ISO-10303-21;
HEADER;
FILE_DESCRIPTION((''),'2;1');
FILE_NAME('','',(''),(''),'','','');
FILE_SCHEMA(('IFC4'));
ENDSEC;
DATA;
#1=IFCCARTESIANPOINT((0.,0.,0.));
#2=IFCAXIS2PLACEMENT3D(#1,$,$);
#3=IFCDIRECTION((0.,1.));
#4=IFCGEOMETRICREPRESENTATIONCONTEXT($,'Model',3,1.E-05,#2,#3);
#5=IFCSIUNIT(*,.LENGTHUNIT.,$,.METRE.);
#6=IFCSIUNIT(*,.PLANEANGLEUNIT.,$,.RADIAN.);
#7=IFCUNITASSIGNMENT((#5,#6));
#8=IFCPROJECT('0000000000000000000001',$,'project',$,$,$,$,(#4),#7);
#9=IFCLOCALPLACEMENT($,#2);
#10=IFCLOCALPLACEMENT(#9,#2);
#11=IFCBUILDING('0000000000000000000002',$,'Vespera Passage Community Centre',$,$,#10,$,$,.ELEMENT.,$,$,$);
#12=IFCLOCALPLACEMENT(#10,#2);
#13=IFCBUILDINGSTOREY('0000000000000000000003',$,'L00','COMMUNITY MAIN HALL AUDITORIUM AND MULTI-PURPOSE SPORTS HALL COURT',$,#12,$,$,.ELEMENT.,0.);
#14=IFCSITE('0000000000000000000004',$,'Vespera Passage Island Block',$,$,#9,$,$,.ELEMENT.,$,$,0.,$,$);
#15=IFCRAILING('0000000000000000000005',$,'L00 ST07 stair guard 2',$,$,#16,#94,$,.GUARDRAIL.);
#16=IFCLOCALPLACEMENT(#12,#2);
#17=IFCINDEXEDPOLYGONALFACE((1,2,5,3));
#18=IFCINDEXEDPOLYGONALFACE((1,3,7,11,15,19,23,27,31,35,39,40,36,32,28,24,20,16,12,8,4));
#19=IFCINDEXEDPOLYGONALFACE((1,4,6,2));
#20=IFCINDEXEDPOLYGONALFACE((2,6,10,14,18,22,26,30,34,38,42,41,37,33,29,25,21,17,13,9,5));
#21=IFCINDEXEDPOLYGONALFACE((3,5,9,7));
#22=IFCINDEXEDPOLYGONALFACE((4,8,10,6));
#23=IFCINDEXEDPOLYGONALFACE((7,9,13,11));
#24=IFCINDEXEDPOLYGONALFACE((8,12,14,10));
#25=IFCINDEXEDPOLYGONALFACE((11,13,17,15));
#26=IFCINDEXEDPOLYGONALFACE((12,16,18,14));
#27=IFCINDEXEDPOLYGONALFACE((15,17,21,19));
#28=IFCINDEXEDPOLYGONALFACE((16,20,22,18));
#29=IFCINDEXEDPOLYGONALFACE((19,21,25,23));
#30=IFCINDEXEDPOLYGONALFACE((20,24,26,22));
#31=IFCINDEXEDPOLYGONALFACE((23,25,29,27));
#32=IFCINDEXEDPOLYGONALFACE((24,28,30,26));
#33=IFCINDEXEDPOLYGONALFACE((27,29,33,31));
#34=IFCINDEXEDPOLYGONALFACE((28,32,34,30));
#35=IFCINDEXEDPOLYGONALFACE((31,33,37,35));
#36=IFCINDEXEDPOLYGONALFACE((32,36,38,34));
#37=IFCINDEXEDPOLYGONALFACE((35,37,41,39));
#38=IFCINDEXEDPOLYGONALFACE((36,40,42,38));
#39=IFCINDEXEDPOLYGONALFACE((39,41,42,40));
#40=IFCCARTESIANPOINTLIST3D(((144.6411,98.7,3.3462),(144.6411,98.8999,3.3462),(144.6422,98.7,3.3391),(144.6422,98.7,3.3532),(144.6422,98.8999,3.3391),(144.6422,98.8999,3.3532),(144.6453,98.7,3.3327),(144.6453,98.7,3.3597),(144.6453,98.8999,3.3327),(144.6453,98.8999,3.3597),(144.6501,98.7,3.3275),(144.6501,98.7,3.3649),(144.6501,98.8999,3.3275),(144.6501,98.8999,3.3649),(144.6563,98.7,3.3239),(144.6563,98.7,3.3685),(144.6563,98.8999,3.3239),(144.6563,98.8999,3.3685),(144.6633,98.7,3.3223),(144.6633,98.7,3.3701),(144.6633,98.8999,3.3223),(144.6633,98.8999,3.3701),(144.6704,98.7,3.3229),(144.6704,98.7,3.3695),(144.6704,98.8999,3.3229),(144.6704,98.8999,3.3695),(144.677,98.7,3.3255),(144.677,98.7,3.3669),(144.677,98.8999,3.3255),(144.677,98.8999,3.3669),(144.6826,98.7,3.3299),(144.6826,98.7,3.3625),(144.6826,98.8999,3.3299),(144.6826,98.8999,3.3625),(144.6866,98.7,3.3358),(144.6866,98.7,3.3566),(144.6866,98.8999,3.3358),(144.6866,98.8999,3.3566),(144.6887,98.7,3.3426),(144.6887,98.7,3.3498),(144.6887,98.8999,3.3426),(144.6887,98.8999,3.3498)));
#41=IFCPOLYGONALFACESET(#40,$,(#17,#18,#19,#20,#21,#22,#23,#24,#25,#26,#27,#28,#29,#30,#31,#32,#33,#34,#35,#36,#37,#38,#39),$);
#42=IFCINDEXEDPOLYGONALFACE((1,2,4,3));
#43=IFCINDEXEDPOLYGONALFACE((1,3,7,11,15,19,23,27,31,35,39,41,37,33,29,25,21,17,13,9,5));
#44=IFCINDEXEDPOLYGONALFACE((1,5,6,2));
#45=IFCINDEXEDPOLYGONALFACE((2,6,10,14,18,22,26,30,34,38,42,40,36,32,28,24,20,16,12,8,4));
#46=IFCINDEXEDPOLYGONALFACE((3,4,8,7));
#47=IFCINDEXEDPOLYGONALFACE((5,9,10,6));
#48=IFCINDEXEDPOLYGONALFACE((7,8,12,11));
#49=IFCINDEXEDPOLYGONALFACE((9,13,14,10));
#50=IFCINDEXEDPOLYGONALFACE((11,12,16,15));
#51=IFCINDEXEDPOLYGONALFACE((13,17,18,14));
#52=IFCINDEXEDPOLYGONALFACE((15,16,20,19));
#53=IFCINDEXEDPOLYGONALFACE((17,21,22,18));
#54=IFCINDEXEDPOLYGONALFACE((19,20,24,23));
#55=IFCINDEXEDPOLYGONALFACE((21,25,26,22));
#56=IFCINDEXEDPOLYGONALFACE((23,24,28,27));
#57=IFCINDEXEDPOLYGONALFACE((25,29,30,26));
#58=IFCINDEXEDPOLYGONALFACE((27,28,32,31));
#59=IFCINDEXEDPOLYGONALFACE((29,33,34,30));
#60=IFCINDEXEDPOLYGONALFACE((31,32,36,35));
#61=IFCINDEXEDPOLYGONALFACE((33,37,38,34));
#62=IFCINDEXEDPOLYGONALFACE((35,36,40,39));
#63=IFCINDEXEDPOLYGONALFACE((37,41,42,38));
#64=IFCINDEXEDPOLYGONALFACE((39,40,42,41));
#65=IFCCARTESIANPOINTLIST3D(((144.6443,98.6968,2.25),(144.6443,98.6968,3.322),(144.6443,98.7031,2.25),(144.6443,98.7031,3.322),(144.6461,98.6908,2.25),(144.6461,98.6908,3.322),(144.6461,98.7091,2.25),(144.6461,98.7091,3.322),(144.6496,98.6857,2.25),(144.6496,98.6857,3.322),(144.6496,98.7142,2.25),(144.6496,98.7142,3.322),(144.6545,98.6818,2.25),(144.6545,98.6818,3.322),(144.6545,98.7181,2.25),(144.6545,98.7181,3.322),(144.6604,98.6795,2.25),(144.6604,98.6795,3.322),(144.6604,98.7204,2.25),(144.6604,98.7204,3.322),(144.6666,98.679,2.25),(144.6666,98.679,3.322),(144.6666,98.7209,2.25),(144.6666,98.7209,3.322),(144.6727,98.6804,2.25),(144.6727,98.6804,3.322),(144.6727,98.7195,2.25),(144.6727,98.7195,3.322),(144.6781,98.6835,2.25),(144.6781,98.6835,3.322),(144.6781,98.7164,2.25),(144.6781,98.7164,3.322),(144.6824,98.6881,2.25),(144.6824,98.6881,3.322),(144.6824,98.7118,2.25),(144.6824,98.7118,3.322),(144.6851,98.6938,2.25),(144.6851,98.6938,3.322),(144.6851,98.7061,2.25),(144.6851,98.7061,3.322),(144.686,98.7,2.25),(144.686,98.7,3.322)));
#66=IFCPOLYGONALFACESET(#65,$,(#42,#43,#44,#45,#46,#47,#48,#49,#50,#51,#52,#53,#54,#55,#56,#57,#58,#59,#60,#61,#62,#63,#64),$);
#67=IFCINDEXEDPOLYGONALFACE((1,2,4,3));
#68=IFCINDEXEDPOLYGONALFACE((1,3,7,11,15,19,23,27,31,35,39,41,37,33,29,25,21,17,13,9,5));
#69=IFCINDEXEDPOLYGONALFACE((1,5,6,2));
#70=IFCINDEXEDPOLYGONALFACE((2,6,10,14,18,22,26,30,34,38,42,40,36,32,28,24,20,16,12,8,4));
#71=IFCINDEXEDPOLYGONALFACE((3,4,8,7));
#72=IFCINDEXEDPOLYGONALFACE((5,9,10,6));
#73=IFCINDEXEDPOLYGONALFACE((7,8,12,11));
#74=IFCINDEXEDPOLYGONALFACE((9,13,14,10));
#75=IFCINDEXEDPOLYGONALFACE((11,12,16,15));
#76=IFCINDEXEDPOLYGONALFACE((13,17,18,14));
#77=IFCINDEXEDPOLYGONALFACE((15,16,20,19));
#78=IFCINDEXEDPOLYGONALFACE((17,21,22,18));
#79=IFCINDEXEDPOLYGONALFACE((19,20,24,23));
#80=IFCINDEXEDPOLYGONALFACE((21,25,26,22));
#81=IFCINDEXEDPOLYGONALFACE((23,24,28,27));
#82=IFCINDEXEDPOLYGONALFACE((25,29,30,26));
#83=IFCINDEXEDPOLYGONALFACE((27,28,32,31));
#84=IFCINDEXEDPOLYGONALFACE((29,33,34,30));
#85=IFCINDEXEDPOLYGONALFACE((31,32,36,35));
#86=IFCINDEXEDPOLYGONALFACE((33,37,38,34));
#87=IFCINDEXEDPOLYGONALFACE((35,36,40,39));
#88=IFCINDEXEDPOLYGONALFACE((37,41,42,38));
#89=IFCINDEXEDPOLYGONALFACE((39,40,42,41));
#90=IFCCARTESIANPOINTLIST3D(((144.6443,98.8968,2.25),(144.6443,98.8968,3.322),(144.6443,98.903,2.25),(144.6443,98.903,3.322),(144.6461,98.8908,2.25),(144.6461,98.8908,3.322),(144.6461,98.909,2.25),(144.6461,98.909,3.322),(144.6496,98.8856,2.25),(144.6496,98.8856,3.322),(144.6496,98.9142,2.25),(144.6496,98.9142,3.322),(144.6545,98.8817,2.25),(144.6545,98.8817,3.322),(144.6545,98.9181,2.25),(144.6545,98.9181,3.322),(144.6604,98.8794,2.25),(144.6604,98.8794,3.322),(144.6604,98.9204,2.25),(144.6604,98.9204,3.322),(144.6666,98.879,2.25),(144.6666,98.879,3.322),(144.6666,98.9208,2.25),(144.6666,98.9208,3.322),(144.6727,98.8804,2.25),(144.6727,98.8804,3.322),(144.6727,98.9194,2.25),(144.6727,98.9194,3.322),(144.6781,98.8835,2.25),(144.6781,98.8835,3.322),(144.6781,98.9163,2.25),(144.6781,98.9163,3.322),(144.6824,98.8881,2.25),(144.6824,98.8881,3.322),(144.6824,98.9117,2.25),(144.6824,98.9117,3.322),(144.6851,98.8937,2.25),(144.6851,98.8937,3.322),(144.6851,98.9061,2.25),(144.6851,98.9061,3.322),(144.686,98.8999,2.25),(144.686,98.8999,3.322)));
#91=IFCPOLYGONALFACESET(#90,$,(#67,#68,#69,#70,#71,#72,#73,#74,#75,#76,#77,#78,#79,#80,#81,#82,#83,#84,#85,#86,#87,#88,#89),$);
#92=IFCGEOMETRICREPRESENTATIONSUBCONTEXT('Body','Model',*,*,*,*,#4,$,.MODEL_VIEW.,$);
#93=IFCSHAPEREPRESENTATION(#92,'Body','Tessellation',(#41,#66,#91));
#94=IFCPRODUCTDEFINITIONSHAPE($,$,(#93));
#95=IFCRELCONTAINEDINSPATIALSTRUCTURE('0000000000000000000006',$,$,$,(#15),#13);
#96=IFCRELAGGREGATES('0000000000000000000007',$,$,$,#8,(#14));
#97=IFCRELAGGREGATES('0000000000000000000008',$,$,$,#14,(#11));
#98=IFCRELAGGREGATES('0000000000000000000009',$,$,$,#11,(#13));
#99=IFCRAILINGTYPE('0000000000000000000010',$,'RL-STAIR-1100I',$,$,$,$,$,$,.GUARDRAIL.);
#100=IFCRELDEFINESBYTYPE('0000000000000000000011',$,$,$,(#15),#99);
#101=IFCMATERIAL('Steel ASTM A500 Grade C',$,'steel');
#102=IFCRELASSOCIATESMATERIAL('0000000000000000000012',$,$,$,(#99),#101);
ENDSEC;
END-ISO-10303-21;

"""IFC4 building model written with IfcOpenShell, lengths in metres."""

from ifc_helpers import new_model, si_unit, direction, frame, origin, origin_2d, place, context, subcontext, project, spatial, circle, extrude, material, type_object, element, save


model = new_model("IFC4")

# Units and contexts
model_context = context("Model", 3, precision=1e-05, world=origin(), true_north=direction((0.0, 1.0)))
body_context = subcontext(model_context, "Body", "Model", "MODEL_VIEW")
ifc_project = project(units=[si_unit("LENGTHUNIT", "METRE"), si_unit("PLANEANGLEUNIT", "RADIAN")], contexts=[model_context])

# Site, building, storey
site_placement = place(None, origin())
site = spatial("IfcSite", under=ifc_project, at=site_placement, Name="Vespera Passage Island Block", CompositionType="ELEMENT", RefElevation=0.0)
building_placement = place(site_placement, origin())
building = spatial("IfcBuilding", under=site, at=building_placement, Name="Vespera Passage Community Centre", CompositionType="ELEMENT")
storey_placement = place(building_placement, origin())
storey = spatial("IfcBuildingStorey", under=building, at=storey_placement, Name="L00", Description="COMMUNITY MAIN HALL AUDITORIUM AND MULTI-PURPOSE SPORTS HALL COURT", CompositionType="ELEMENT", Elevation=0.0)

# Railing
ifc_material_1 = material(Name="Steel ASTM A500 Grade C", Category="steel")
railing_type_1 = type_object("IfcRailingType", Name="RL-STAIR-1100I", PredefinedType="GUARDRAIL", material=ifc_material_1)
railing_1_placement = place(storey_placement, frame((144.665, 98.7, 2.25)))
element("IfcRailing", 1, at=railing_1_placement, inside=storey, type_object=railing_type_1, Name="L00 ST07 stair guard 2", PredefinedType="GUARDRAIL", context=body_context, shape_type="SweptSolid", body=[
    extrude(circle(Radius=0.0239, at=origin_2d()), frame((0.0, 0.0, 1.0962), z_axis=(0.0, 1.0, 0.0), x_axis=(-1.0, 0.0, 0.0)), (0.0, 0.0, 1.0), 0.2),
    extrude(circle(Radius=0.021, at=origin_2d()), origin(), (0.0, 0.0, 1.0), 1.072),
    extrude(circle(Radius=0.021, at=origin_2d()), frame((0.0, 0.2, 0.0)), (0.0, 0.0, 1.0), 1.072),
])

save(model, "model.ifc")
